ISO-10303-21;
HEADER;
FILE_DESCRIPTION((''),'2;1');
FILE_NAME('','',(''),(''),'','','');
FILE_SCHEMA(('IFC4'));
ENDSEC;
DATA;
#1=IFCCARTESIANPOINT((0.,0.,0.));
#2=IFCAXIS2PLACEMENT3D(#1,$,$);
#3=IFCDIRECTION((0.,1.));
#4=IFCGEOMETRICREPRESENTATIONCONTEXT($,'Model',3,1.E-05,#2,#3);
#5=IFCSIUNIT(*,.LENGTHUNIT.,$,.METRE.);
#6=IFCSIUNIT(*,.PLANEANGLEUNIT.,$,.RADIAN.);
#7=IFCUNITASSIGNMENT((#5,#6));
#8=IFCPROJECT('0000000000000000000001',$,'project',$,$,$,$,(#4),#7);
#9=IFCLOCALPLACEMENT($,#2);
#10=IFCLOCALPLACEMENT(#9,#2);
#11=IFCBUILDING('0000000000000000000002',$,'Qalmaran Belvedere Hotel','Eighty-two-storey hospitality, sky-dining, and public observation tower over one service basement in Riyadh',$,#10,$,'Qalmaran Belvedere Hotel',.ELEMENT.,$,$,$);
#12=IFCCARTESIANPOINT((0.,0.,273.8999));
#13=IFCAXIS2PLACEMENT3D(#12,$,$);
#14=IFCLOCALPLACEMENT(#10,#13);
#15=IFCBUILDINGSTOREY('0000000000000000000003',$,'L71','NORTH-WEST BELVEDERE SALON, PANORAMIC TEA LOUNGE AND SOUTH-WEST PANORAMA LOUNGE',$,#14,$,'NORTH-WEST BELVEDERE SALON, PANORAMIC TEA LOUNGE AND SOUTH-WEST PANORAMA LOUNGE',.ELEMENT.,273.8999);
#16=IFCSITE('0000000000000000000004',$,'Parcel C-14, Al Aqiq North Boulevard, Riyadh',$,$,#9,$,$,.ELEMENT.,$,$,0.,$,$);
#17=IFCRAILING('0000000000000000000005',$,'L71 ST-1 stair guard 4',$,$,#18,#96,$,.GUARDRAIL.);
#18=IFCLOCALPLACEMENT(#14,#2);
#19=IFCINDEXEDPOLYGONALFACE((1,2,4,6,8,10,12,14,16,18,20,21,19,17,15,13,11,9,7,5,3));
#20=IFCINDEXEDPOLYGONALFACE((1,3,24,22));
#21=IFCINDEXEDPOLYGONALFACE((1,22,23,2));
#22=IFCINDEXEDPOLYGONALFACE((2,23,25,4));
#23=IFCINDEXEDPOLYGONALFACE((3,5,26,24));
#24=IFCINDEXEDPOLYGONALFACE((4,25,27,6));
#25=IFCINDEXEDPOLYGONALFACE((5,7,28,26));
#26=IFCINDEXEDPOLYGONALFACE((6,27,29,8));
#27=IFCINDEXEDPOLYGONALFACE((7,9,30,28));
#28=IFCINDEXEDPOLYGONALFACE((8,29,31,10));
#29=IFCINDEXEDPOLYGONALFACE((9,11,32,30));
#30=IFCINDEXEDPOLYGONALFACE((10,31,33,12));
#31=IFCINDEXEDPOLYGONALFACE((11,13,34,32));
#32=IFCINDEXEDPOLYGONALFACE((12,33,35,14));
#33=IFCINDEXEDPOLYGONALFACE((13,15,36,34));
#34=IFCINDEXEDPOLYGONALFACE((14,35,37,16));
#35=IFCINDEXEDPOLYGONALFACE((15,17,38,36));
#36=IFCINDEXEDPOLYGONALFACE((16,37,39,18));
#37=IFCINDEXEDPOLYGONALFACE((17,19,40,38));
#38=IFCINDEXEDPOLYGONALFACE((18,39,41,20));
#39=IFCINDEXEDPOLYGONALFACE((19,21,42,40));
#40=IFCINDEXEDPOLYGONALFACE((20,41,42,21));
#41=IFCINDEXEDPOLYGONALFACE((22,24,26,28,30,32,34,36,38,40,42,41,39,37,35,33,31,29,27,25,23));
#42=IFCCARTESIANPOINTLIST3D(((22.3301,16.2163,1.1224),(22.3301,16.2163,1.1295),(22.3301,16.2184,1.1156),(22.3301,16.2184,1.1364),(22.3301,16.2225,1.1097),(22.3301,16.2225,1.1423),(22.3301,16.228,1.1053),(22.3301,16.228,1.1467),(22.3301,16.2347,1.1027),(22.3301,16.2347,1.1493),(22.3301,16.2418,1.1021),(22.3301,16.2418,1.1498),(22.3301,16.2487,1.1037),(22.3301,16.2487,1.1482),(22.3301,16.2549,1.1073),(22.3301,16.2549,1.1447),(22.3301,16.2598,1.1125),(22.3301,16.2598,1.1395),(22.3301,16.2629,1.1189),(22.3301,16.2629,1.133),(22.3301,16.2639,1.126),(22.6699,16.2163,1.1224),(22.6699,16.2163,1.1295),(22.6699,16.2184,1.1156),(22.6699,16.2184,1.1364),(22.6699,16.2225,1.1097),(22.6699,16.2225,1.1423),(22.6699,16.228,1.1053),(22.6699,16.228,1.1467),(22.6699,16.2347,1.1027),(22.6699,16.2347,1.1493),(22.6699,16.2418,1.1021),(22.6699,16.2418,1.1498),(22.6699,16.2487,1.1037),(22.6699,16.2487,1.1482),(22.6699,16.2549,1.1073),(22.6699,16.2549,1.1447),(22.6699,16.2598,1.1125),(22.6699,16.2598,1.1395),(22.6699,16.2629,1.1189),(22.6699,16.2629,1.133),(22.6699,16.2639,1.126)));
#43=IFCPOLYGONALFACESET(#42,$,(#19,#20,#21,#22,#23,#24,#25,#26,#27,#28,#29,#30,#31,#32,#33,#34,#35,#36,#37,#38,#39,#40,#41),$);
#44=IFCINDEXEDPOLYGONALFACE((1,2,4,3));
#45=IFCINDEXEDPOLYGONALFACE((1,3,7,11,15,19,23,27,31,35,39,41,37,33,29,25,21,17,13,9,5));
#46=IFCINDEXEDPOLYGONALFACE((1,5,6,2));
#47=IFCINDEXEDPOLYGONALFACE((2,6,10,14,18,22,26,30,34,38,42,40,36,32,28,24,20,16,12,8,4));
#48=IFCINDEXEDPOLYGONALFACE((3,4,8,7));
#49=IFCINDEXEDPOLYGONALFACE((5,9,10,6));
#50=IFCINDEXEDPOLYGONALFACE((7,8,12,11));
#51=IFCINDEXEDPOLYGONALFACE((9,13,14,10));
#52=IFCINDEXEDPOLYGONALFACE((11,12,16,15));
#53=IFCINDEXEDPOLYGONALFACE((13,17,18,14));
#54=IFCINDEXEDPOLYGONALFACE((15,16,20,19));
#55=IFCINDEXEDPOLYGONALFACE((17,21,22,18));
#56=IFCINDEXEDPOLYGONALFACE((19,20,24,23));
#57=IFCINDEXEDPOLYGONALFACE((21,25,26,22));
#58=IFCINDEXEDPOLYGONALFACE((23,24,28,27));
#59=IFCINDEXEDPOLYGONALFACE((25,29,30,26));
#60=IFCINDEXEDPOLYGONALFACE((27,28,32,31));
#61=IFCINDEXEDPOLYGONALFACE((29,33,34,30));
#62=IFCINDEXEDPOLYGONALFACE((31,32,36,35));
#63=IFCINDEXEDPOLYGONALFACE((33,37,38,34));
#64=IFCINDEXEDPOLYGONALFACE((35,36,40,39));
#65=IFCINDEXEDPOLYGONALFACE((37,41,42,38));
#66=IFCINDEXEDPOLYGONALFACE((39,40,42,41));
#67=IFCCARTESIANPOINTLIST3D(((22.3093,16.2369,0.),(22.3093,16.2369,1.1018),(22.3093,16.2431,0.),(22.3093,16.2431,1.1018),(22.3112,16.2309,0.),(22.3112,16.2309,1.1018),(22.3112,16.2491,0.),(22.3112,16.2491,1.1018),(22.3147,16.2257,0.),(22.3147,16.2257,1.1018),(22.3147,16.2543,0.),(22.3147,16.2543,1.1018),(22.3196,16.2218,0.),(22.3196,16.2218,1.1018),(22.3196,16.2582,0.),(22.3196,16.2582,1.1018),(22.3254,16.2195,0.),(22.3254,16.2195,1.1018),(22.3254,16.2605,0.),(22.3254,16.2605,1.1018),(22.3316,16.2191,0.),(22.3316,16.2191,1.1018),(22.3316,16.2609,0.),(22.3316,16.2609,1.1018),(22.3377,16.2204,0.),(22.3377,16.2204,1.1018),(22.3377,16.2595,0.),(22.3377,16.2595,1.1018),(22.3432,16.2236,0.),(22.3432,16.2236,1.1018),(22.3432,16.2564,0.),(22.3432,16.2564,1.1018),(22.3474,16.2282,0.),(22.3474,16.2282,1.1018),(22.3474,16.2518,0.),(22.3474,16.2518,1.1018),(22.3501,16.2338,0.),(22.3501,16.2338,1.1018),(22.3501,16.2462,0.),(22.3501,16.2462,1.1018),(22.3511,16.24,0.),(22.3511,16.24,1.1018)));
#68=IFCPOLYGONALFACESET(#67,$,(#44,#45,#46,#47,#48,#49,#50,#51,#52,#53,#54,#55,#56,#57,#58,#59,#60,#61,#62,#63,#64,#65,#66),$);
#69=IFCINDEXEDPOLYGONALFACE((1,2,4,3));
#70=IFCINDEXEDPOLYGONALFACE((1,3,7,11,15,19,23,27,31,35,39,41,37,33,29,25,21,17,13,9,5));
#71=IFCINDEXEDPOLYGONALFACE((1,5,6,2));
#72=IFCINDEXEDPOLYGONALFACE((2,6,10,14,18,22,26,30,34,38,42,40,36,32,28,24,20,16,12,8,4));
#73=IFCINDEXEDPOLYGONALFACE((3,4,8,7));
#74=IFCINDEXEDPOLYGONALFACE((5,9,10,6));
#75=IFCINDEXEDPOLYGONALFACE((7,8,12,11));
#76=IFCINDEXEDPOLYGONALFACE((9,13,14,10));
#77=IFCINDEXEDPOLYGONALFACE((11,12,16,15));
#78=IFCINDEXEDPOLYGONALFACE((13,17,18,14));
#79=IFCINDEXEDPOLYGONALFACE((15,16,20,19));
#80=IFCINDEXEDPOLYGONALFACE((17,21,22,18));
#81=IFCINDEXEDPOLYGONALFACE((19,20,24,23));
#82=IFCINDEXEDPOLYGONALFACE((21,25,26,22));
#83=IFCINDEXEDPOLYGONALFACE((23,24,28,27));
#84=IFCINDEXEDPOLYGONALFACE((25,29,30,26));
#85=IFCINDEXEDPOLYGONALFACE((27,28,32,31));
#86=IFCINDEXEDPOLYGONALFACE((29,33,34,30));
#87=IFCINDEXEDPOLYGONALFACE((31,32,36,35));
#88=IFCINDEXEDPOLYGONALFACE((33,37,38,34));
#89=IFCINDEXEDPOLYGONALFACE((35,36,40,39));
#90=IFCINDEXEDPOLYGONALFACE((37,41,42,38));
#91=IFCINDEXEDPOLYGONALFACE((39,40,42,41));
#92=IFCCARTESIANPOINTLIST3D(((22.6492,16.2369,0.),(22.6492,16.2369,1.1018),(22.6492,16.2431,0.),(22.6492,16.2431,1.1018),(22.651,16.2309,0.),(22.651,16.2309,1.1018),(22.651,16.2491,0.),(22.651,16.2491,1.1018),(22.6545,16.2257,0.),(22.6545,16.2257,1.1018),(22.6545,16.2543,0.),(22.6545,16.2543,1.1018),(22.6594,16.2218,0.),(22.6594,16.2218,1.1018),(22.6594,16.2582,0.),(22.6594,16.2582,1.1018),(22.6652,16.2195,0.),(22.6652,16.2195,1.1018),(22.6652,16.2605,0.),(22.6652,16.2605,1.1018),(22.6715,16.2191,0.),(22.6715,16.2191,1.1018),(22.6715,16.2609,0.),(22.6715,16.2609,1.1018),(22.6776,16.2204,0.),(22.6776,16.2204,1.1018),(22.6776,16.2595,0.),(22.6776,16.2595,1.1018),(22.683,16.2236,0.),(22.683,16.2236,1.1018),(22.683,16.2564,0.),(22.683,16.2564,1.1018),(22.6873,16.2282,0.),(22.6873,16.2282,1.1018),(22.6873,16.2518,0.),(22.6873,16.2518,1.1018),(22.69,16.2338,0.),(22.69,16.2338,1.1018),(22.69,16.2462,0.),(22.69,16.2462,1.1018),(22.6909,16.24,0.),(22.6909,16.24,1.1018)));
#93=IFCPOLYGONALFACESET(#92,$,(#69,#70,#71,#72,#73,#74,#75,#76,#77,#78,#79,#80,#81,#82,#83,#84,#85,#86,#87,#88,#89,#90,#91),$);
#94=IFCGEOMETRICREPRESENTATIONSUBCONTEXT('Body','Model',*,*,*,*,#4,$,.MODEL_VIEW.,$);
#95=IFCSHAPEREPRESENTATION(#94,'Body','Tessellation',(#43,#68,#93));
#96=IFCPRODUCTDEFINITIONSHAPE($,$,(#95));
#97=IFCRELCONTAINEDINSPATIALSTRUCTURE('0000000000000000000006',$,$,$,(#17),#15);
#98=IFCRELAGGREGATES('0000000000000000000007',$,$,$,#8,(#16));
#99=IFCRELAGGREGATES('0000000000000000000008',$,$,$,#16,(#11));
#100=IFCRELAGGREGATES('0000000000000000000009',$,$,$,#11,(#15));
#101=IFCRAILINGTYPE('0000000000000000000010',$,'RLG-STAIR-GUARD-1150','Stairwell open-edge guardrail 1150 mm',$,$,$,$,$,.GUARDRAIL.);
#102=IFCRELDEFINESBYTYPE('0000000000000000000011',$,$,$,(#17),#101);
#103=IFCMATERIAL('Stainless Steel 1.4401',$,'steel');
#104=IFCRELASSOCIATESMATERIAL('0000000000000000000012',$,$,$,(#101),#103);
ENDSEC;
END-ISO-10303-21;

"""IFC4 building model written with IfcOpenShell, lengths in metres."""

from ifc_helpers import new_model, si_unit, direction, frame, origin, origin_2d, place, context, subcontext, project, spatial, circle, extrude, material, type_object, element, save


model = new_model("IFC4")

# Units and contexts
model_context = context("Model", 3, precision=1e-05, world=origin(), true_north=direction((0.0, 1.0)))
body_context = subcontext(model_context, "Body", "Model", "MODEL_VIEW")
ifc_project = project(units=[si_unit("LENGTHUNIT", "METRE"), si_unit("PLANEANGLEUNIT", "RADIAN")], contexts=[model_context])

# Site, building, storey
site_placement = place(None, origin())
site = spatial("IfcSite", under=ifc_project, at=site_placement, Name="Parcel C-14, Al Aqiq North Boulevard, Riyadh", CompositionType="ELEMENT", RefElevation=0.0)
building_placement = place(site_placement, origin())
building = spatial("IfcBuilding", under=site, at=building_placement, Name="Qalmaran Belvedere Hotel", Description="Eighty-two-storey hospitality, sky-dining, and public observation tower over one service basement in Riyadh", LongName="Qalmaran Belvedere Hotel", CompositionType="ELEMENT")
storey_placement = place(building_placement, frame((0.0, 0.0, 273.8999)))
storey = spatial("IfcBuildingStorey", under=building, at=storey_placement, Name="L71", Description="NORTH-WEST BELVEDERE SALON, PANORAMIC TEA LOUNGE AND SOUTH-WEST PANORAMA LOUNGE", LongName="NORTH-WEST BELVEDERE SALON, PANORAMIC TEA LOUNGE AND SOUTH-WEST PANORAMA LOUNGE", CompositionType="ELEMENT", Elevation=273.8999)

# Railing
ifc_material_1 = material(Name="Stainless Steel 1.4401", Category="steel")
railing_type_1 = type_object("IfcRailingType", Name="RLG-STAIR-GUARD-1150", Description="Stairwell open-edge guardrail 1150 mm", PredefinedType="GUARDRAIL", material=ifc_material_1)
railing_1_placement = place(storey_placement, frame((22.3301, 16.24, 0.0)))
element("IfcRailing", 1, at=railing_1_placement, inside=storey, type_object=railing_type_1, Name="L71 ST-1 stair guard 4", PredefinedType="GUARDRAIL", context=body_context, shape_type="SweptSolid", body=[
    extrude(circle(Radius=0.0239, at=origin_2d()), frame((0.0, 0.0, 1.126), z_axis=(1.0, 0.0, 0.0), x_axis=(0.0, 1.0, 0.0)), (0.0, 0.0, 1.0), 0.3398),
    extrude(circle(Radius=0.021, at=origin_2d()), origin(), (0.0, 0.0, 1.0), 1.1018),
    extrude(circle(Radius=0.021, at=origin_2d()), frame((0.3398, 0.0, 0.0)), (0.0, 0.0, 1.0), 1.1018),
])

save(model, "model.ifc")
